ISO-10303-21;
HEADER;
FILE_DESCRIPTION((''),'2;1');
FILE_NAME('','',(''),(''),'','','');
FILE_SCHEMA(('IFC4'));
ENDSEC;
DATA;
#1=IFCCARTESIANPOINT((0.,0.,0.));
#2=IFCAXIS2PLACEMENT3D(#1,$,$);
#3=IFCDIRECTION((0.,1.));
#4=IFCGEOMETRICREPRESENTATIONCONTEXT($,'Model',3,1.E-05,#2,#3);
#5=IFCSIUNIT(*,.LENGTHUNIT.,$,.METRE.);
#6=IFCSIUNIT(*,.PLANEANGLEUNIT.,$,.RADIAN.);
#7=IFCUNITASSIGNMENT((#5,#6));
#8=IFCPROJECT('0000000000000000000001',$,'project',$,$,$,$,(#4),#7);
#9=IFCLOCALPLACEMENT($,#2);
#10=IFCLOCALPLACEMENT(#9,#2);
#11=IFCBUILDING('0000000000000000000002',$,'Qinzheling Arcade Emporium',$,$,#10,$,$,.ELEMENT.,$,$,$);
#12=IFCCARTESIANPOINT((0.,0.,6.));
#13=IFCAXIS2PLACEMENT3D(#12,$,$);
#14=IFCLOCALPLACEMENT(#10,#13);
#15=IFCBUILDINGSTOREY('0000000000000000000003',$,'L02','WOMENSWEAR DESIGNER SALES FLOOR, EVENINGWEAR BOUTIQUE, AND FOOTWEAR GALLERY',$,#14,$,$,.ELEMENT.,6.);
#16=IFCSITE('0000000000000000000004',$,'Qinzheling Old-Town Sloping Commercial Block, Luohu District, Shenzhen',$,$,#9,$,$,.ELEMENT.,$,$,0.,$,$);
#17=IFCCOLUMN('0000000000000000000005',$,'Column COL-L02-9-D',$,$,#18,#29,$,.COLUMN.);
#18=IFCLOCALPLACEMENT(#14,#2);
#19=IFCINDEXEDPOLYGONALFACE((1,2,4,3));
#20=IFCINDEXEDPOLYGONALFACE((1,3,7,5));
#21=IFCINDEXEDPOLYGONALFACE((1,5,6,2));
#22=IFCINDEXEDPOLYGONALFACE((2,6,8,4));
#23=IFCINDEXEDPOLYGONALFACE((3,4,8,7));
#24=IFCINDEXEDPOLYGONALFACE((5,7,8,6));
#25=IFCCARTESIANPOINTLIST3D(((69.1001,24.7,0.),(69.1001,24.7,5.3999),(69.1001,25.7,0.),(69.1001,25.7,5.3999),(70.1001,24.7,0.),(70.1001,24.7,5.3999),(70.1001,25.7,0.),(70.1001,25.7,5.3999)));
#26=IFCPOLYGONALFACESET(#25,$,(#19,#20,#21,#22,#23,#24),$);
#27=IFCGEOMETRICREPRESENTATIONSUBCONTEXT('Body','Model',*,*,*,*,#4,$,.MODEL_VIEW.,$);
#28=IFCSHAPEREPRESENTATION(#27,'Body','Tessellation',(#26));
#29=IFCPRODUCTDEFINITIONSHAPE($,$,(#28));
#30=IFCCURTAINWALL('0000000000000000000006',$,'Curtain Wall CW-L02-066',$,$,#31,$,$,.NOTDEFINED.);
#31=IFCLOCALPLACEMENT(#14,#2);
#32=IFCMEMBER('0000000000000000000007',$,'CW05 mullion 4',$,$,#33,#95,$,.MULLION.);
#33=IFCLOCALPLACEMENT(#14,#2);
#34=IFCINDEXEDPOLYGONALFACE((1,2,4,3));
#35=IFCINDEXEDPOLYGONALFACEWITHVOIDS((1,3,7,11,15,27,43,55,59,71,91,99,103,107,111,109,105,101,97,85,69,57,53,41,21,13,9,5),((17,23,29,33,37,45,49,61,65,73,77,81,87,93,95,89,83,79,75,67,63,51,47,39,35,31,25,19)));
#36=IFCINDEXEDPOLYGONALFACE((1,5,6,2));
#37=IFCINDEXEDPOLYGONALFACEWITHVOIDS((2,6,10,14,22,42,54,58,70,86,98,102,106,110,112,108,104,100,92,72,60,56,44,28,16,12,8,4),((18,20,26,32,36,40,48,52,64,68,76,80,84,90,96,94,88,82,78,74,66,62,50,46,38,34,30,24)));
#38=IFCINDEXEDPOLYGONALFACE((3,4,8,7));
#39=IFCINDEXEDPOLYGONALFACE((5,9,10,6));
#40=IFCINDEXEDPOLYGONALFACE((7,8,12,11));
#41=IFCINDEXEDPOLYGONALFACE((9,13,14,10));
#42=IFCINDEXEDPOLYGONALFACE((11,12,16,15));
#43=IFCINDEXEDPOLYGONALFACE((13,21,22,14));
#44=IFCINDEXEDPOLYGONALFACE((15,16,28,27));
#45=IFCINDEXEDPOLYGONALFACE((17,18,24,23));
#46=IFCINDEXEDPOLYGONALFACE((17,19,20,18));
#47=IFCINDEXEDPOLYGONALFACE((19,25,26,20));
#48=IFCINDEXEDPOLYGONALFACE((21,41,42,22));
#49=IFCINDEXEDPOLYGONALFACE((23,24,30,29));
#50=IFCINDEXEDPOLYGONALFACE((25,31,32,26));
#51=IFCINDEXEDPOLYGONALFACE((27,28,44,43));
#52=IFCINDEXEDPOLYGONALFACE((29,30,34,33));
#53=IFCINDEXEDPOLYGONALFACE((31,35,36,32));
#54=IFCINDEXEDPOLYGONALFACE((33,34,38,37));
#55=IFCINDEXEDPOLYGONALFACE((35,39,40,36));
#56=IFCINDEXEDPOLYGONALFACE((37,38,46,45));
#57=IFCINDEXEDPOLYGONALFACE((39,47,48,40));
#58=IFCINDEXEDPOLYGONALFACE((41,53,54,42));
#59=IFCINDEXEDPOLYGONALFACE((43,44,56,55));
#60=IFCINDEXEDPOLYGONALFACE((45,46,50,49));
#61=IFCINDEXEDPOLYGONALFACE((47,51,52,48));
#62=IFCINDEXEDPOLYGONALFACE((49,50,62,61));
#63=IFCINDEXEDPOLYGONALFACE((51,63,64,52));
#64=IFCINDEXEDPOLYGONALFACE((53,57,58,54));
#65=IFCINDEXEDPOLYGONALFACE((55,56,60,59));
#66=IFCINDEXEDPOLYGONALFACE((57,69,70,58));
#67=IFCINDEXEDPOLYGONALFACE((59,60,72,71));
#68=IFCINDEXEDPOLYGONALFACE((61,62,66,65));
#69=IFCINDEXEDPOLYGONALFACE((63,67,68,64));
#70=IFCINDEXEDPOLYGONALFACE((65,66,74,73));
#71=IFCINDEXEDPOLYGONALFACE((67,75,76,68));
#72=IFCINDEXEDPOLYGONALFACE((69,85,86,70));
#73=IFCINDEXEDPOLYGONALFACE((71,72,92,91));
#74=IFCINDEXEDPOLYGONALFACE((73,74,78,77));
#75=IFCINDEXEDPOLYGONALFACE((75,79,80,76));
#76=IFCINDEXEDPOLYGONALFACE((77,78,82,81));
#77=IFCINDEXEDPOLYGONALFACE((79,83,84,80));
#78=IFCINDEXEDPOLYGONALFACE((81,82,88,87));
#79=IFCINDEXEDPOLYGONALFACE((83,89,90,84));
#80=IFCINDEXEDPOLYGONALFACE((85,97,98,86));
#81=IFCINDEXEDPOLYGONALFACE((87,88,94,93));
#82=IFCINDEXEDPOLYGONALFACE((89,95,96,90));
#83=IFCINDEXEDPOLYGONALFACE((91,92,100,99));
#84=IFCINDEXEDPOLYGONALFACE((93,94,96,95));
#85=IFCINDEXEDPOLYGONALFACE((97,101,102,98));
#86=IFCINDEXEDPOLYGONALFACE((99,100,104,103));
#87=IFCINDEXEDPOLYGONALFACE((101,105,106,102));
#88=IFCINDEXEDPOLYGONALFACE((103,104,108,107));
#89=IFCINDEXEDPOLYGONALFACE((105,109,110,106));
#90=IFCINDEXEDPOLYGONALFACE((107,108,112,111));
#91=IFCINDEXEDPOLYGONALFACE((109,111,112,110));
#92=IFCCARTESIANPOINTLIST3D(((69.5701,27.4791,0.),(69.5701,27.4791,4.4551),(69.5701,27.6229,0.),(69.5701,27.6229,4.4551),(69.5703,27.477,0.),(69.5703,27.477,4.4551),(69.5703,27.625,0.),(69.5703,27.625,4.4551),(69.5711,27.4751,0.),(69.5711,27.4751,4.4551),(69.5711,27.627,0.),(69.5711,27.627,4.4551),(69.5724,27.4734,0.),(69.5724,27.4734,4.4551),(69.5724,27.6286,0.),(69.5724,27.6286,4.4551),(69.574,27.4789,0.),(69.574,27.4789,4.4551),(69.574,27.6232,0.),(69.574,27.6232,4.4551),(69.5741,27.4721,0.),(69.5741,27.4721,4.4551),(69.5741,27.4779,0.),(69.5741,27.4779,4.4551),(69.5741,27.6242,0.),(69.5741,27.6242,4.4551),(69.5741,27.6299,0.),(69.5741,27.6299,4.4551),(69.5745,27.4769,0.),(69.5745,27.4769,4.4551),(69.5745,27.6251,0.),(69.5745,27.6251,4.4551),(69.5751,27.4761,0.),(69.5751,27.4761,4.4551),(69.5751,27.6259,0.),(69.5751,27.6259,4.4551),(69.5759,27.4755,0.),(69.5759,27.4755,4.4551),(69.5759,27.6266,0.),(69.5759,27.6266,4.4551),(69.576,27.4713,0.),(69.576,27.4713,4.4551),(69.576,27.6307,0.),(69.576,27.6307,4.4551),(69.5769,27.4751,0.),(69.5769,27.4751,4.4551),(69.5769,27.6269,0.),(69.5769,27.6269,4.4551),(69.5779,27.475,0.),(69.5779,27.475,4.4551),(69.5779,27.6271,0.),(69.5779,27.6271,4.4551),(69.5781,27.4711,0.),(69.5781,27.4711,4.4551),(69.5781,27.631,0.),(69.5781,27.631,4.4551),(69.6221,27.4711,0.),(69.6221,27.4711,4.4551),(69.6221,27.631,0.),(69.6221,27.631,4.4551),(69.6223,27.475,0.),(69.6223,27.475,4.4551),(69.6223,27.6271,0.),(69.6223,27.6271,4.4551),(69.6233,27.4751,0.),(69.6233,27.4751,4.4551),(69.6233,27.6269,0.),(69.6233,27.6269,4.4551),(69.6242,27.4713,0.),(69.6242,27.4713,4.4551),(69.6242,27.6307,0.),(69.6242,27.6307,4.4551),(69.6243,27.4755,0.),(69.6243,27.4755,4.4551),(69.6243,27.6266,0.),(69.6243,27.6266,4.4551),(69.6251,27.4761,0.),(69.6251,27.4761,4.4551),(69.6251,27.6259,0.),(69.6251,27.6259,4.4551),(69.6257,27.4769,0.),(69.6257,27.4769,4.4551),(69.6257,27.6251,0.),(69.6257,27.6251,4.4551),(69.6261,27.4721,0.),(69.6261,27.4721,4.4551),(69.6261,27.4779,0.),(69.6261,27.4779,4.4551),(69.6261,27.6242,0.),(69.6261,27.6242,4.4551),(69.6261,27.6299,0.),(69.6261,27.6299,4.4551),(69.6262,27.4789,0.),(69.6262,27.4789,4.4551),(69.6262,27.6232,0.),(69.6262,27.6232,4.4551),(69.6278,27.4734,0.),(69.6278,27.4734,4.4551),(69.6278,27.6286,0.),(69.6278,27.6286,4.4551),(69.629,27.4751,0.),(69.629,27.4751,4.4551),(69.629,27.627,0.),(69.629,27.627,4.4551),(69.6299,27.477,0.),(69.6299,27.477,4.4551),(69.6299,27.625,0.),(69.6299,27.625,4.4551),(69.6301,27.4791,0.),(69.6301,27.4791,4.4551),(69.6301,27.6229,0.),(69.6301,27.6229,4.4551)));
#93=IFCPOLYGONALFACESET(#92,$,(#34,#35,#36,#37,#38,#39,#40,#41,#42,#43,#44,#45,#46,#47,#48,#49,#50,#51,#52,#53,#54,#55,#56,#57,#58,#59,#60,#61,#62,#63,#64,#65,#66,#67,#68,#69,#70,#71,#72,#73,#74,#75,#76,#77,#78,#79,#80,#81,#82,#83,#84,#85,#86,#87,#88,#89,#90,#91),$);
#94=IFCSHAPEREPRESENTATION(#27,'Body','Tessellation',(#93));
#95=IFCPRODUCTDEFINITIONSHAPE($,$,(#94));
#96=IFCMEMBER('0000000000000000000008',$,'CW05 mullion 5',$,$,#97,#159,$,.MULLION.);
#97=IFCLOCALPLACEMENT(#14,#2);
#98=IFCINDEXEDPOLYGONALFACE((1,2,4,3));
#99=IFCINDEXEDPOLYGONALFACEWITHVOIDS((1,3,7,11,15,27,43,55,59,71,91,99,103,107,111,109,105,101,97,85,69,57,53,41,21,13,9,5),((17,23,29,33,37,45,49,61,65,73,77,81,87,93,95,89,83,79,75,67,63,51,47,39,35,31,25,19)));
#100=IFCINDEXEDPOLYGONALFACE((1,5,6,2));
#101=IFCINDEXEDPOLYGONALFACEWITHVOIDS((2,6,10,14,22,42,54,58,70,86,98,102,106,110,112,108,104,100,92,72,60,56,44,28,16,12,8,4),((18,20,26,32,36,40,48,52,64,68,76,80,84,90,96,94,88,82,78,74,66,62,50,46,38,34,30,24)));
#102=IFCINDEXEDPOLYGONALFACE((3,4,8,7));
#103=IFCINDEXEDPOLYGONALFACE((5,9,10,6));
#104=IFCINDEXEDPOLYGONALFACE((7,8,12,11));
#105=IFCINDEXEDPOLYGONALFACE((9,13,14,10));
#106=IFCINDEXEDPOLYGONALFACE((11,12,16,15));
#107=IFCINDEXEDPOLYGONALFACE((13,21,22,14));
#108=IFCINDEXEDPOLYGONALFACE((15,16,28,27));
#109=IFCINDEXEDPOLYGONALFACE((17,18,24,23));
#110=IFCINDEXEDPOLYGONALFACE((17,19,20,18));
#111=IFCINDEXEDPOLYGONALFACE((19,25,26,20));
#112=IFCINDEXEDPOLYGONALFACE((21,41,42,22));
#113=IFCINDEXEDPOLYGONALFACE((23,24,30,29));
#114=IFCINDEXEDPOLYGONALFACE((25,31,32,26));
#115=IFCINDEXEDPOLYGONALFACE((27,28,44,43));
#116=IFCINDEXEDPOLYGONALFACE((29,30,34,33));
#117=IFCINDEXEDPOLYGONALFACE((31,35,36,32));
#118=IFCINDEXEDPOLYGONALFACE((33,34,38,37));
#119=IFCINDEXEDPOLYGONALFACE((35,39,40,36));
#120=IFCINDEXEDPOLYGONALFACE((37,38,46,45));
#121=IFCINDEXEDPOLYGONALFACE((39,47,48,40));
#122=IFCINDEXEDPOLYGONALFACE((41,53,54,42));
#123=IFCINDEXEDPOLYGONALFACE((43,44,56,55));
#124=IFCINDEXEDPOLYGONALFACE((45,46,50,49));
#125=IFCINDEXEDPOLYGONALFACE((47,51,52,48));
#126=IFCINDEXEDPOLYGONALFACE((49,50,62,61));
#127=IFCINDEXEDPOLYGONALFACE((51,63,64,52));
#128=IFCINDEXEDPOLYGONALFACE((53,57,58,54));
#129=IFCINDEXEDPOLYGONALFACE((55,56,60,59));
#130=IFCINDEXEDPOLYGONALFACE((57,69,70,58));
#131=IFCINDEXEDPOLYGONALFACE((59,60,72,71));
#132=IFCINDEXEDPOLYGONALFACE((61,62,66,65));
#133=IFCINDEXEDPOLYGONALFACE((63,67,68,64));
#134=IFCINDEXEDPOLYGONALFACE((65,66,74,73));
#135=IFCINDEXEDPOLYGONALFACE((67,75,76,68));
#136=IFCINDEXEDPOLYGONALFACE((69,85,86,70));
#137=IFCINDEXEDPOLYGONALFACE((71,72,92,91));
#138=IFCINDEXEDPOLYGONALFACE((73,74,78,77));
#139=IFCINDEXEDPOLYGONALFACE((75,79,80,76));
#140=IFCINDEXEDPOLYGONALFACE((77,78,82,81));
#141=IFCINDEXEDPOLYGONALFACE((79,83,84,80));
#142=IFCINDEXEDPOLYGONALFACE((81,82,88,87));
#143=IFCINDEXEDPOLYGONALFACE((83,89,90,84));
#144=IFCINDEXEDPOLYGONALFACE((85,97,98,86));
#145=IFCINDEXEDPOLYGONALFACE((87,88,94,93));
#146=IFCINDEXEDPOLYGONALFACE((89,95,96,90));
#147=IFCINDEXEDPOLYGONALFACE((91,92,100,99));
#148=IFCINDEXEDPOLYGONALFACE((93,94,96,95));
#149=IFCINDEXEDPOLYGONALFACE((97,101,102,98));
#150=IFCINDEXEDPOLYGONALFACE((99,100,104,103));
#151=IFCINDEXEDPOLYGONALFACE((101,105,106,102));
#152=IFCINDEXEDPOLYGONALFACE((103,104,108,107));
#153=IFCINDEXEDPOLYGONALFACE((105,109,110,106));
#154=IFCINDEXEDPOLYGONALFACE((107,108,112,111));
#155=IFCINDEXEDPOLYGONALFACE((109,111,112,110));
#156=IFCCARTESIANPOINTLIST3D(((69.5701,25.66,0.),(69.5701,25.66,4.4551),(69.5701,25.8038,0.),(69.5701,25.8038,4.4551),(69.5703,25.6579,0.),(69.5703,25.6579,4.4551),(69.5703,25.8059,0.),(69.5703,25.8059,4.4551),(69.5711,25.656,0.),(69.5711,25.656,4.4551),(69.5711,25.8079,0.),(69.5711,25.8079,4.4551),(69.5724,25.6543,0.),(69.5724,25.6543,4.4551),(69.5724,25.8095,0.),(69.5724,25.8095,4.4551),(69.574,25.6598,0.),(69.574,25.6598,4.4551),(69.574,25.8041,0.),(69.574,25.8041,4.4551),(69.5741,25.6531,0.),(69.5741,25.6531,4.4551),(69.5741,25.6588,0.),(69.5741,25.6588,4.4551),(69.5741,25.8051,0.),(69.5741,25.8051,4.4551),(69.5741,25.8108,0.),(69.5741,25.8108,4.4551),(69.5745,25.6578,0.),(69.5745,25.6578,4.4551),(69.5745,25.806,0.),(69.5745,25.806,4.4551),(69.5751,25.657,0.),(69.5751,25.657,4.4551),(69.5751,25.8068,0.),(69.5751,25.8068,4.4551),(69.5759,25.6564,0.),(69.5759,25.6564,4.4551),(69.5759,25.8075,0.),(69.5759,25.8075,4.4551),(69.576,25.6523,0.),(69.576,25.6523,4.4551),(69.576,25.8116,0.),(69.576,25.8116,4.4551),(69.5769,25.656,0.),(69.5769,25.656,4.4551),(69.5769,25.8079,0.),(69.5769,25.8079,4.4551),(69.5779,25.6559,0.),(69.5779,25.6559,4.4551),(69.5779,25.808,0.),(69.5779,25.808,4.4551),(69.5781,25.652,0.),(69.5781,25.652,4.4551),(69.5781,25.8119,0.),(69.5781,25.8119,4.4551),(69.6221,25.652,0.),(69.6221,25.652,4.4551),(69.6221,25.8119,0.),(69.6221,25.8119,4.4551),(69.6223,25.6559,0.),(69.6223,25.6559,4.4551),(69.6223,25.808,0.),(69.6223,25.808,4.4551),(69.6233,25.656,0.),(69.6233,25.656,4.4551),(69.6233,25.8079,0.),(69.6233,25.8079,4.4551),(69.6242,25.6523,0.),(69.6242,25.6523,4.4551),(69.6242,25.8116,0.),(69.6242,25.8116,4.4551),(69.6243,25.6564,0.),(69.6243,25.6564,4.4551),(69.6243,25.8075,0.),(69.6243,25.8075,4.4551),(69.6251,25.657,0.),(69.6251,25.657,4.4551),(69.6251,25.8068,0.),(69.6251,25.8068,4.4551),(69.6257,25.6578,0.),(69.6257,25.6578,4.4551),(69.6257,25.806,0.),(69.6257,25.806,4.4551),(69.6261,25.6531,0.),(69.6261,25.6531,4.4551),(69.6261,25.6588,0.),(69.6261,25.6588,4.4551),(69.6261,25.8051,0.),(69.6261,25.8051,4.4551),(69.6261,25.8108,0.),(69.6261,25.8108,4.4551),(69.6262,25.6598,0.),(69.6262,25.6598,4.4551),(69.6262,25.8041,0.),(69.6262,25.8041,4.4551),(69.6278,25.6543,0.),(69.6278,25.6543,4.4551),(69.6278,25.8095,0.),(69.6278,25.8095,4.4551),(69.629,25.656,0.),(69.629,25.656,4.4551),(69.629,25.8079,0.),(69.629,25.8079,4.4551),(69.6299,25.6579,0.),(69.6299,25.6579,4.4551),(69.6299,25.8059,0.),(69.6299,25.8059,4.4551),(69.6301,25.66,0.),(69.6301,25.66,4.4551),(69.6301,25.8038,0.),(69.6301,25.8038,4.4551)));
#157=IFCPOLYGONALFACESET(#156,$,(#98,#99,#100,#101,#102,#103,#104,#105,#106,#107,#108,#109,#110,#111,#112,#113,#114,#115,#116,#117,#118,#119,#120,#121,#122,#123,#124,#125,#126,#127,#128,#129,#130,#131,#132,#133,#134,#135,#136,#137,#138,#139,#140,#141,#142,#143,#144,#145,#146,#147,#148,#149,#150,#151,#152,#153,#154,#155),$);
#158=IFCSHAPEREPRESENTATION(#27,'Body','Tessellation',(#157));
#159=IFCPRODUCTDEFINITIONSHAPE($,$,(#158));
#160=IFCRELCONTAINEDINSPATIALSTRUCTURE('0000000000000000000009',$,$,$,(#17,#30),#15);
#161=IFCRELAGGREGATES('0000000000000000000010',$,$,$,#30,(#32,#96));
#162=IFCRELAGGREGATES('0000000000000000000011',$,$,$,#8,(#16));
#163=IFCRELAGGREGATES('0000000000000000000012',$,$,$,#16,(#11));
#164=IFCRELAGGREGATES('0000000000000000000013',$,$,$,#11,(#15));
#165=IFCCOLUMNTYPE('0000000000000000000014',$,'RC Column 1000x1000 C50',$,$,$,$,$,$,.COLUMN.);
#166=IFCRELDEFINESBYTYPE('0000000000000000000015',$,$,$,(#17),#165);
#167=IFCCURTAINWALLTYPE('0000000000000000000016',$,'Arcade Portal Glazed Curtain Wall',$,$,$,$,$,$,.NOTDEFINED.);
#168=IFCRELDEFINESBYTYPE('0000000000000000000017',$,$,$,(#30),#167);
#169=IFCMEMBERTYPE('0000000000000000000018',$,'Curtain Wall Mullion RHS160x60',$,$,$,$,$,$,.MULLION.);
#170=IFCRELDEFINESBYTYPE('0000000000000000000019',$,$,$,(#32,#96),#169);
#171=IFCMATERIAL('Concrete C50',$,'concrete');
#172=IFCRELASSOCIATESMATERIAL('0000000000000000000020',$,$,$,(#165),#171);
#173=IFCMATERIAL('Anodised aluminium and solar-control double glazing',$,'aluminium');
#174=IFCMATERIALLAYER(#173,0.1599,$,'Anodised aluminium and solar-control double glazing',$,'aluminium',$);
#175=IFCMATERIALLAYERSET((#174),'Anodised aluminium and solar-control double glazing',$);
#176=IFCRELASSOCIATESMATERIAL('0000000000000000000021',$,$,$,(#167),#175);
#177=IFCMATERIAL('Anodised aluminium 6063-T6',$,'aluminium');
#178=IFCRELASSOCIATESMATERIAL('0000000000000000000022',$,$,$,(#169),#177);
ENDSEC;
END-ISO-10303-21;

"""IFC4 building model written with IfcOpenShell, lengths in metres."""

from ifc_helpers import new_model, si_unit, direction, frame, origin, origin_2d, place, context, subcontext, project, spatial, rectangle, hollow_rectangle, extrude, material, layer, layer_set, material_profile, profile_set, type_object, element, aggregate, save


model = new_model("IFC4")

# Units and contexts
model_context = context("Model", 3, precision=1e-05, world=origin(), true_north=direction((0.0, 1.0)))
body_context = subcontext(model_context, "Body", "Model", "MODEL_VIEW")
ifc_project = project(units=[si_unit("LENGTHUNIT", "METRE"), si_unit("PLANEANGLEUNIT", "RADIAN")], contexts=[model_context])

# Site, building, storey
site_placement = place(None, origin())
site = spatial("IfcSite", under=ifc_project, at=site_placement, Name="Qinzheling Old-Town Sloping Commercial Block, Luohu District, Shenzhen", CompositionType="ELEMENT", RefElevation=0.0)
building_placement = place(site_placement, origin())
building = spatial("IfcBuilding", under=site, at=building_placement, Name="Qinzheling Arcade Emporium", CompositionType="ELEMENT")
storey_placement = place(building_placement, frame((0.0, 0.0, 6.0)))
storey = spatial("IfcBuildingStorey", under=building, at=storey_placement, Name="L02", Description="WOMENSWEAR DESIGNER SALES FLOOR, EVENINGWEAR BOUTIQUE, AND FOOTWEAR GALLERY", CompositionType="ELEMENT", Elevation=6.0)

# Column
ifc_material_1 = material(Name="Concrete C50", Category="concrete")
ifc_material_profile_1 = material_profile(ifc_material_1, rectangle(XDim=1.0, YDim=1.0, at=origin_2d()), Name="RC 1000x1000", Category="concrete")
ifc_profile_set_1 = profile_set([ifc_material_profile_1], Name="Concrete C50")
column_type = type_object("IfcColumnType", Name="RC Column 1000x1000 C50", PredefinedType="COLUMN", material=ifc_profile_set_1)
column_placement = place(storey_placement, frame((69.6001, 25.2, 0.0), z_axis=(0.0, 0.0, 1.0), x_axis=(1.0, 0.0, 0.0)))
element("IfcColumn", 1, at=column_placement, inside=storey, type_object=column_type, Name="Column COL-L02-9-D", PredefinedType="COLUMN", context=body_context, shape_type="SweptSolid", body=[
    extrude(rectangle(XDim=1.0, YDim=1.0, at=origin_2d()), origin(), (0.0, 0.0, 1.0), 5.3999),
])

# Curtain wall, members
ifc_material_2 = material(Name="Anodised aluminium and solar-control double glazing", Category="aluminium")
ifc_layer_1 = layer(ifc_material_2, 0.1599, Name="Anodised aluminium and solar-control double glazing", Category="aluminium")
ifc_layer_set_1 = layer_set([ifc_layer_1], Name="Anodised aluminium and solar-control double glazing")
curtain_wall_type = type_object("IfcCurtainWallType", Name="Arcade Portal Glazed Curtain Wall", PredefinedType="NOTDEFINED", material=ifc_layer_set_1)
curtain_wall_1_placement = place(storey_placement, origin())
curtain_wall_1 = element("IfcCurtainWall", 2, at=curtain_wall_1_placement, inside=storey, type_object=curtain_wall_type, Name="Curtain Wall CW-L02-066", PredefinedType="NOTDEFINED")
ifc_material_3 = material(Name="Anodised aluminium 6063-T6", Category="aluminium")
ifc_material_profile_2 = material_profile(ifc_material_3, hollow_rectangle(XDim=0.0601, YDim=0.1599, WallThickness=0.0039, InnerFilletRadius=0.0039, OuterFilletRadius=0.0081, at=origin_2d()), Name="RHS 160x60x4", Category="aluminium")
ifc_profile_set_2 = profile_set([ifc_material_profile_2], Name="Anodised aluminium 6063-T6")
member_type_1 = type_object("IfcMemberType", Name="Curtain Wall Mullion RHS160x60", PredefinedType="MULLION", material=ifc_profile_set_2)
member_1_placement = place(storey_placement, frame((69.6001, 27.551, 0.0), z_axis=(0.0, 0.0, 1.0), x_axis=(1.0, 0.0, 0.0)))
member_1 = element("IfcMember", 3, at=member_1_placement, type_object=member_type_1, Name="CW05 mullion 4", PredefinedType="MULLION", context=body_context, shape_type="SweptSolid", body=[
    extrude(hollow_rectangle(XDim=0.0601, YDim=0.1599, WallThickness=0.0039, InnerFilletRadius=0.0039, OuterFilletRadius=0.0081, at=origin_2d()), origin(), (0.0, 0.0, 1.0), 4.4551),
])
member_2_placement = place(storey_placement, frame((69.6001, 25.7319, 0.0), z_axis=(0.0, 0.0, 1.0), x_axis=(1.0, 0.0, 0.0)))
member_2 = element("IfcMember", 4, at=member_2_placement, type_object=member_type_1, Name="CW05 mullion 5", PredefinedType="MULLION", context=body_context, shape_type="SweptSolid", body=[
    extrude(hollow_rectangle(XDim=0.0601, YDim=0.1599, WallThickness=0.0039, InnerFilletRadius=0.0039, OuterFilletRadius=0.0081, at=origin_2d()), origin(), (0.0, 0.0, 1.0), 4.4551),
])

aggregate(curtain_wall_1, [member_1, member_2])

save(model, "model.ifc")
